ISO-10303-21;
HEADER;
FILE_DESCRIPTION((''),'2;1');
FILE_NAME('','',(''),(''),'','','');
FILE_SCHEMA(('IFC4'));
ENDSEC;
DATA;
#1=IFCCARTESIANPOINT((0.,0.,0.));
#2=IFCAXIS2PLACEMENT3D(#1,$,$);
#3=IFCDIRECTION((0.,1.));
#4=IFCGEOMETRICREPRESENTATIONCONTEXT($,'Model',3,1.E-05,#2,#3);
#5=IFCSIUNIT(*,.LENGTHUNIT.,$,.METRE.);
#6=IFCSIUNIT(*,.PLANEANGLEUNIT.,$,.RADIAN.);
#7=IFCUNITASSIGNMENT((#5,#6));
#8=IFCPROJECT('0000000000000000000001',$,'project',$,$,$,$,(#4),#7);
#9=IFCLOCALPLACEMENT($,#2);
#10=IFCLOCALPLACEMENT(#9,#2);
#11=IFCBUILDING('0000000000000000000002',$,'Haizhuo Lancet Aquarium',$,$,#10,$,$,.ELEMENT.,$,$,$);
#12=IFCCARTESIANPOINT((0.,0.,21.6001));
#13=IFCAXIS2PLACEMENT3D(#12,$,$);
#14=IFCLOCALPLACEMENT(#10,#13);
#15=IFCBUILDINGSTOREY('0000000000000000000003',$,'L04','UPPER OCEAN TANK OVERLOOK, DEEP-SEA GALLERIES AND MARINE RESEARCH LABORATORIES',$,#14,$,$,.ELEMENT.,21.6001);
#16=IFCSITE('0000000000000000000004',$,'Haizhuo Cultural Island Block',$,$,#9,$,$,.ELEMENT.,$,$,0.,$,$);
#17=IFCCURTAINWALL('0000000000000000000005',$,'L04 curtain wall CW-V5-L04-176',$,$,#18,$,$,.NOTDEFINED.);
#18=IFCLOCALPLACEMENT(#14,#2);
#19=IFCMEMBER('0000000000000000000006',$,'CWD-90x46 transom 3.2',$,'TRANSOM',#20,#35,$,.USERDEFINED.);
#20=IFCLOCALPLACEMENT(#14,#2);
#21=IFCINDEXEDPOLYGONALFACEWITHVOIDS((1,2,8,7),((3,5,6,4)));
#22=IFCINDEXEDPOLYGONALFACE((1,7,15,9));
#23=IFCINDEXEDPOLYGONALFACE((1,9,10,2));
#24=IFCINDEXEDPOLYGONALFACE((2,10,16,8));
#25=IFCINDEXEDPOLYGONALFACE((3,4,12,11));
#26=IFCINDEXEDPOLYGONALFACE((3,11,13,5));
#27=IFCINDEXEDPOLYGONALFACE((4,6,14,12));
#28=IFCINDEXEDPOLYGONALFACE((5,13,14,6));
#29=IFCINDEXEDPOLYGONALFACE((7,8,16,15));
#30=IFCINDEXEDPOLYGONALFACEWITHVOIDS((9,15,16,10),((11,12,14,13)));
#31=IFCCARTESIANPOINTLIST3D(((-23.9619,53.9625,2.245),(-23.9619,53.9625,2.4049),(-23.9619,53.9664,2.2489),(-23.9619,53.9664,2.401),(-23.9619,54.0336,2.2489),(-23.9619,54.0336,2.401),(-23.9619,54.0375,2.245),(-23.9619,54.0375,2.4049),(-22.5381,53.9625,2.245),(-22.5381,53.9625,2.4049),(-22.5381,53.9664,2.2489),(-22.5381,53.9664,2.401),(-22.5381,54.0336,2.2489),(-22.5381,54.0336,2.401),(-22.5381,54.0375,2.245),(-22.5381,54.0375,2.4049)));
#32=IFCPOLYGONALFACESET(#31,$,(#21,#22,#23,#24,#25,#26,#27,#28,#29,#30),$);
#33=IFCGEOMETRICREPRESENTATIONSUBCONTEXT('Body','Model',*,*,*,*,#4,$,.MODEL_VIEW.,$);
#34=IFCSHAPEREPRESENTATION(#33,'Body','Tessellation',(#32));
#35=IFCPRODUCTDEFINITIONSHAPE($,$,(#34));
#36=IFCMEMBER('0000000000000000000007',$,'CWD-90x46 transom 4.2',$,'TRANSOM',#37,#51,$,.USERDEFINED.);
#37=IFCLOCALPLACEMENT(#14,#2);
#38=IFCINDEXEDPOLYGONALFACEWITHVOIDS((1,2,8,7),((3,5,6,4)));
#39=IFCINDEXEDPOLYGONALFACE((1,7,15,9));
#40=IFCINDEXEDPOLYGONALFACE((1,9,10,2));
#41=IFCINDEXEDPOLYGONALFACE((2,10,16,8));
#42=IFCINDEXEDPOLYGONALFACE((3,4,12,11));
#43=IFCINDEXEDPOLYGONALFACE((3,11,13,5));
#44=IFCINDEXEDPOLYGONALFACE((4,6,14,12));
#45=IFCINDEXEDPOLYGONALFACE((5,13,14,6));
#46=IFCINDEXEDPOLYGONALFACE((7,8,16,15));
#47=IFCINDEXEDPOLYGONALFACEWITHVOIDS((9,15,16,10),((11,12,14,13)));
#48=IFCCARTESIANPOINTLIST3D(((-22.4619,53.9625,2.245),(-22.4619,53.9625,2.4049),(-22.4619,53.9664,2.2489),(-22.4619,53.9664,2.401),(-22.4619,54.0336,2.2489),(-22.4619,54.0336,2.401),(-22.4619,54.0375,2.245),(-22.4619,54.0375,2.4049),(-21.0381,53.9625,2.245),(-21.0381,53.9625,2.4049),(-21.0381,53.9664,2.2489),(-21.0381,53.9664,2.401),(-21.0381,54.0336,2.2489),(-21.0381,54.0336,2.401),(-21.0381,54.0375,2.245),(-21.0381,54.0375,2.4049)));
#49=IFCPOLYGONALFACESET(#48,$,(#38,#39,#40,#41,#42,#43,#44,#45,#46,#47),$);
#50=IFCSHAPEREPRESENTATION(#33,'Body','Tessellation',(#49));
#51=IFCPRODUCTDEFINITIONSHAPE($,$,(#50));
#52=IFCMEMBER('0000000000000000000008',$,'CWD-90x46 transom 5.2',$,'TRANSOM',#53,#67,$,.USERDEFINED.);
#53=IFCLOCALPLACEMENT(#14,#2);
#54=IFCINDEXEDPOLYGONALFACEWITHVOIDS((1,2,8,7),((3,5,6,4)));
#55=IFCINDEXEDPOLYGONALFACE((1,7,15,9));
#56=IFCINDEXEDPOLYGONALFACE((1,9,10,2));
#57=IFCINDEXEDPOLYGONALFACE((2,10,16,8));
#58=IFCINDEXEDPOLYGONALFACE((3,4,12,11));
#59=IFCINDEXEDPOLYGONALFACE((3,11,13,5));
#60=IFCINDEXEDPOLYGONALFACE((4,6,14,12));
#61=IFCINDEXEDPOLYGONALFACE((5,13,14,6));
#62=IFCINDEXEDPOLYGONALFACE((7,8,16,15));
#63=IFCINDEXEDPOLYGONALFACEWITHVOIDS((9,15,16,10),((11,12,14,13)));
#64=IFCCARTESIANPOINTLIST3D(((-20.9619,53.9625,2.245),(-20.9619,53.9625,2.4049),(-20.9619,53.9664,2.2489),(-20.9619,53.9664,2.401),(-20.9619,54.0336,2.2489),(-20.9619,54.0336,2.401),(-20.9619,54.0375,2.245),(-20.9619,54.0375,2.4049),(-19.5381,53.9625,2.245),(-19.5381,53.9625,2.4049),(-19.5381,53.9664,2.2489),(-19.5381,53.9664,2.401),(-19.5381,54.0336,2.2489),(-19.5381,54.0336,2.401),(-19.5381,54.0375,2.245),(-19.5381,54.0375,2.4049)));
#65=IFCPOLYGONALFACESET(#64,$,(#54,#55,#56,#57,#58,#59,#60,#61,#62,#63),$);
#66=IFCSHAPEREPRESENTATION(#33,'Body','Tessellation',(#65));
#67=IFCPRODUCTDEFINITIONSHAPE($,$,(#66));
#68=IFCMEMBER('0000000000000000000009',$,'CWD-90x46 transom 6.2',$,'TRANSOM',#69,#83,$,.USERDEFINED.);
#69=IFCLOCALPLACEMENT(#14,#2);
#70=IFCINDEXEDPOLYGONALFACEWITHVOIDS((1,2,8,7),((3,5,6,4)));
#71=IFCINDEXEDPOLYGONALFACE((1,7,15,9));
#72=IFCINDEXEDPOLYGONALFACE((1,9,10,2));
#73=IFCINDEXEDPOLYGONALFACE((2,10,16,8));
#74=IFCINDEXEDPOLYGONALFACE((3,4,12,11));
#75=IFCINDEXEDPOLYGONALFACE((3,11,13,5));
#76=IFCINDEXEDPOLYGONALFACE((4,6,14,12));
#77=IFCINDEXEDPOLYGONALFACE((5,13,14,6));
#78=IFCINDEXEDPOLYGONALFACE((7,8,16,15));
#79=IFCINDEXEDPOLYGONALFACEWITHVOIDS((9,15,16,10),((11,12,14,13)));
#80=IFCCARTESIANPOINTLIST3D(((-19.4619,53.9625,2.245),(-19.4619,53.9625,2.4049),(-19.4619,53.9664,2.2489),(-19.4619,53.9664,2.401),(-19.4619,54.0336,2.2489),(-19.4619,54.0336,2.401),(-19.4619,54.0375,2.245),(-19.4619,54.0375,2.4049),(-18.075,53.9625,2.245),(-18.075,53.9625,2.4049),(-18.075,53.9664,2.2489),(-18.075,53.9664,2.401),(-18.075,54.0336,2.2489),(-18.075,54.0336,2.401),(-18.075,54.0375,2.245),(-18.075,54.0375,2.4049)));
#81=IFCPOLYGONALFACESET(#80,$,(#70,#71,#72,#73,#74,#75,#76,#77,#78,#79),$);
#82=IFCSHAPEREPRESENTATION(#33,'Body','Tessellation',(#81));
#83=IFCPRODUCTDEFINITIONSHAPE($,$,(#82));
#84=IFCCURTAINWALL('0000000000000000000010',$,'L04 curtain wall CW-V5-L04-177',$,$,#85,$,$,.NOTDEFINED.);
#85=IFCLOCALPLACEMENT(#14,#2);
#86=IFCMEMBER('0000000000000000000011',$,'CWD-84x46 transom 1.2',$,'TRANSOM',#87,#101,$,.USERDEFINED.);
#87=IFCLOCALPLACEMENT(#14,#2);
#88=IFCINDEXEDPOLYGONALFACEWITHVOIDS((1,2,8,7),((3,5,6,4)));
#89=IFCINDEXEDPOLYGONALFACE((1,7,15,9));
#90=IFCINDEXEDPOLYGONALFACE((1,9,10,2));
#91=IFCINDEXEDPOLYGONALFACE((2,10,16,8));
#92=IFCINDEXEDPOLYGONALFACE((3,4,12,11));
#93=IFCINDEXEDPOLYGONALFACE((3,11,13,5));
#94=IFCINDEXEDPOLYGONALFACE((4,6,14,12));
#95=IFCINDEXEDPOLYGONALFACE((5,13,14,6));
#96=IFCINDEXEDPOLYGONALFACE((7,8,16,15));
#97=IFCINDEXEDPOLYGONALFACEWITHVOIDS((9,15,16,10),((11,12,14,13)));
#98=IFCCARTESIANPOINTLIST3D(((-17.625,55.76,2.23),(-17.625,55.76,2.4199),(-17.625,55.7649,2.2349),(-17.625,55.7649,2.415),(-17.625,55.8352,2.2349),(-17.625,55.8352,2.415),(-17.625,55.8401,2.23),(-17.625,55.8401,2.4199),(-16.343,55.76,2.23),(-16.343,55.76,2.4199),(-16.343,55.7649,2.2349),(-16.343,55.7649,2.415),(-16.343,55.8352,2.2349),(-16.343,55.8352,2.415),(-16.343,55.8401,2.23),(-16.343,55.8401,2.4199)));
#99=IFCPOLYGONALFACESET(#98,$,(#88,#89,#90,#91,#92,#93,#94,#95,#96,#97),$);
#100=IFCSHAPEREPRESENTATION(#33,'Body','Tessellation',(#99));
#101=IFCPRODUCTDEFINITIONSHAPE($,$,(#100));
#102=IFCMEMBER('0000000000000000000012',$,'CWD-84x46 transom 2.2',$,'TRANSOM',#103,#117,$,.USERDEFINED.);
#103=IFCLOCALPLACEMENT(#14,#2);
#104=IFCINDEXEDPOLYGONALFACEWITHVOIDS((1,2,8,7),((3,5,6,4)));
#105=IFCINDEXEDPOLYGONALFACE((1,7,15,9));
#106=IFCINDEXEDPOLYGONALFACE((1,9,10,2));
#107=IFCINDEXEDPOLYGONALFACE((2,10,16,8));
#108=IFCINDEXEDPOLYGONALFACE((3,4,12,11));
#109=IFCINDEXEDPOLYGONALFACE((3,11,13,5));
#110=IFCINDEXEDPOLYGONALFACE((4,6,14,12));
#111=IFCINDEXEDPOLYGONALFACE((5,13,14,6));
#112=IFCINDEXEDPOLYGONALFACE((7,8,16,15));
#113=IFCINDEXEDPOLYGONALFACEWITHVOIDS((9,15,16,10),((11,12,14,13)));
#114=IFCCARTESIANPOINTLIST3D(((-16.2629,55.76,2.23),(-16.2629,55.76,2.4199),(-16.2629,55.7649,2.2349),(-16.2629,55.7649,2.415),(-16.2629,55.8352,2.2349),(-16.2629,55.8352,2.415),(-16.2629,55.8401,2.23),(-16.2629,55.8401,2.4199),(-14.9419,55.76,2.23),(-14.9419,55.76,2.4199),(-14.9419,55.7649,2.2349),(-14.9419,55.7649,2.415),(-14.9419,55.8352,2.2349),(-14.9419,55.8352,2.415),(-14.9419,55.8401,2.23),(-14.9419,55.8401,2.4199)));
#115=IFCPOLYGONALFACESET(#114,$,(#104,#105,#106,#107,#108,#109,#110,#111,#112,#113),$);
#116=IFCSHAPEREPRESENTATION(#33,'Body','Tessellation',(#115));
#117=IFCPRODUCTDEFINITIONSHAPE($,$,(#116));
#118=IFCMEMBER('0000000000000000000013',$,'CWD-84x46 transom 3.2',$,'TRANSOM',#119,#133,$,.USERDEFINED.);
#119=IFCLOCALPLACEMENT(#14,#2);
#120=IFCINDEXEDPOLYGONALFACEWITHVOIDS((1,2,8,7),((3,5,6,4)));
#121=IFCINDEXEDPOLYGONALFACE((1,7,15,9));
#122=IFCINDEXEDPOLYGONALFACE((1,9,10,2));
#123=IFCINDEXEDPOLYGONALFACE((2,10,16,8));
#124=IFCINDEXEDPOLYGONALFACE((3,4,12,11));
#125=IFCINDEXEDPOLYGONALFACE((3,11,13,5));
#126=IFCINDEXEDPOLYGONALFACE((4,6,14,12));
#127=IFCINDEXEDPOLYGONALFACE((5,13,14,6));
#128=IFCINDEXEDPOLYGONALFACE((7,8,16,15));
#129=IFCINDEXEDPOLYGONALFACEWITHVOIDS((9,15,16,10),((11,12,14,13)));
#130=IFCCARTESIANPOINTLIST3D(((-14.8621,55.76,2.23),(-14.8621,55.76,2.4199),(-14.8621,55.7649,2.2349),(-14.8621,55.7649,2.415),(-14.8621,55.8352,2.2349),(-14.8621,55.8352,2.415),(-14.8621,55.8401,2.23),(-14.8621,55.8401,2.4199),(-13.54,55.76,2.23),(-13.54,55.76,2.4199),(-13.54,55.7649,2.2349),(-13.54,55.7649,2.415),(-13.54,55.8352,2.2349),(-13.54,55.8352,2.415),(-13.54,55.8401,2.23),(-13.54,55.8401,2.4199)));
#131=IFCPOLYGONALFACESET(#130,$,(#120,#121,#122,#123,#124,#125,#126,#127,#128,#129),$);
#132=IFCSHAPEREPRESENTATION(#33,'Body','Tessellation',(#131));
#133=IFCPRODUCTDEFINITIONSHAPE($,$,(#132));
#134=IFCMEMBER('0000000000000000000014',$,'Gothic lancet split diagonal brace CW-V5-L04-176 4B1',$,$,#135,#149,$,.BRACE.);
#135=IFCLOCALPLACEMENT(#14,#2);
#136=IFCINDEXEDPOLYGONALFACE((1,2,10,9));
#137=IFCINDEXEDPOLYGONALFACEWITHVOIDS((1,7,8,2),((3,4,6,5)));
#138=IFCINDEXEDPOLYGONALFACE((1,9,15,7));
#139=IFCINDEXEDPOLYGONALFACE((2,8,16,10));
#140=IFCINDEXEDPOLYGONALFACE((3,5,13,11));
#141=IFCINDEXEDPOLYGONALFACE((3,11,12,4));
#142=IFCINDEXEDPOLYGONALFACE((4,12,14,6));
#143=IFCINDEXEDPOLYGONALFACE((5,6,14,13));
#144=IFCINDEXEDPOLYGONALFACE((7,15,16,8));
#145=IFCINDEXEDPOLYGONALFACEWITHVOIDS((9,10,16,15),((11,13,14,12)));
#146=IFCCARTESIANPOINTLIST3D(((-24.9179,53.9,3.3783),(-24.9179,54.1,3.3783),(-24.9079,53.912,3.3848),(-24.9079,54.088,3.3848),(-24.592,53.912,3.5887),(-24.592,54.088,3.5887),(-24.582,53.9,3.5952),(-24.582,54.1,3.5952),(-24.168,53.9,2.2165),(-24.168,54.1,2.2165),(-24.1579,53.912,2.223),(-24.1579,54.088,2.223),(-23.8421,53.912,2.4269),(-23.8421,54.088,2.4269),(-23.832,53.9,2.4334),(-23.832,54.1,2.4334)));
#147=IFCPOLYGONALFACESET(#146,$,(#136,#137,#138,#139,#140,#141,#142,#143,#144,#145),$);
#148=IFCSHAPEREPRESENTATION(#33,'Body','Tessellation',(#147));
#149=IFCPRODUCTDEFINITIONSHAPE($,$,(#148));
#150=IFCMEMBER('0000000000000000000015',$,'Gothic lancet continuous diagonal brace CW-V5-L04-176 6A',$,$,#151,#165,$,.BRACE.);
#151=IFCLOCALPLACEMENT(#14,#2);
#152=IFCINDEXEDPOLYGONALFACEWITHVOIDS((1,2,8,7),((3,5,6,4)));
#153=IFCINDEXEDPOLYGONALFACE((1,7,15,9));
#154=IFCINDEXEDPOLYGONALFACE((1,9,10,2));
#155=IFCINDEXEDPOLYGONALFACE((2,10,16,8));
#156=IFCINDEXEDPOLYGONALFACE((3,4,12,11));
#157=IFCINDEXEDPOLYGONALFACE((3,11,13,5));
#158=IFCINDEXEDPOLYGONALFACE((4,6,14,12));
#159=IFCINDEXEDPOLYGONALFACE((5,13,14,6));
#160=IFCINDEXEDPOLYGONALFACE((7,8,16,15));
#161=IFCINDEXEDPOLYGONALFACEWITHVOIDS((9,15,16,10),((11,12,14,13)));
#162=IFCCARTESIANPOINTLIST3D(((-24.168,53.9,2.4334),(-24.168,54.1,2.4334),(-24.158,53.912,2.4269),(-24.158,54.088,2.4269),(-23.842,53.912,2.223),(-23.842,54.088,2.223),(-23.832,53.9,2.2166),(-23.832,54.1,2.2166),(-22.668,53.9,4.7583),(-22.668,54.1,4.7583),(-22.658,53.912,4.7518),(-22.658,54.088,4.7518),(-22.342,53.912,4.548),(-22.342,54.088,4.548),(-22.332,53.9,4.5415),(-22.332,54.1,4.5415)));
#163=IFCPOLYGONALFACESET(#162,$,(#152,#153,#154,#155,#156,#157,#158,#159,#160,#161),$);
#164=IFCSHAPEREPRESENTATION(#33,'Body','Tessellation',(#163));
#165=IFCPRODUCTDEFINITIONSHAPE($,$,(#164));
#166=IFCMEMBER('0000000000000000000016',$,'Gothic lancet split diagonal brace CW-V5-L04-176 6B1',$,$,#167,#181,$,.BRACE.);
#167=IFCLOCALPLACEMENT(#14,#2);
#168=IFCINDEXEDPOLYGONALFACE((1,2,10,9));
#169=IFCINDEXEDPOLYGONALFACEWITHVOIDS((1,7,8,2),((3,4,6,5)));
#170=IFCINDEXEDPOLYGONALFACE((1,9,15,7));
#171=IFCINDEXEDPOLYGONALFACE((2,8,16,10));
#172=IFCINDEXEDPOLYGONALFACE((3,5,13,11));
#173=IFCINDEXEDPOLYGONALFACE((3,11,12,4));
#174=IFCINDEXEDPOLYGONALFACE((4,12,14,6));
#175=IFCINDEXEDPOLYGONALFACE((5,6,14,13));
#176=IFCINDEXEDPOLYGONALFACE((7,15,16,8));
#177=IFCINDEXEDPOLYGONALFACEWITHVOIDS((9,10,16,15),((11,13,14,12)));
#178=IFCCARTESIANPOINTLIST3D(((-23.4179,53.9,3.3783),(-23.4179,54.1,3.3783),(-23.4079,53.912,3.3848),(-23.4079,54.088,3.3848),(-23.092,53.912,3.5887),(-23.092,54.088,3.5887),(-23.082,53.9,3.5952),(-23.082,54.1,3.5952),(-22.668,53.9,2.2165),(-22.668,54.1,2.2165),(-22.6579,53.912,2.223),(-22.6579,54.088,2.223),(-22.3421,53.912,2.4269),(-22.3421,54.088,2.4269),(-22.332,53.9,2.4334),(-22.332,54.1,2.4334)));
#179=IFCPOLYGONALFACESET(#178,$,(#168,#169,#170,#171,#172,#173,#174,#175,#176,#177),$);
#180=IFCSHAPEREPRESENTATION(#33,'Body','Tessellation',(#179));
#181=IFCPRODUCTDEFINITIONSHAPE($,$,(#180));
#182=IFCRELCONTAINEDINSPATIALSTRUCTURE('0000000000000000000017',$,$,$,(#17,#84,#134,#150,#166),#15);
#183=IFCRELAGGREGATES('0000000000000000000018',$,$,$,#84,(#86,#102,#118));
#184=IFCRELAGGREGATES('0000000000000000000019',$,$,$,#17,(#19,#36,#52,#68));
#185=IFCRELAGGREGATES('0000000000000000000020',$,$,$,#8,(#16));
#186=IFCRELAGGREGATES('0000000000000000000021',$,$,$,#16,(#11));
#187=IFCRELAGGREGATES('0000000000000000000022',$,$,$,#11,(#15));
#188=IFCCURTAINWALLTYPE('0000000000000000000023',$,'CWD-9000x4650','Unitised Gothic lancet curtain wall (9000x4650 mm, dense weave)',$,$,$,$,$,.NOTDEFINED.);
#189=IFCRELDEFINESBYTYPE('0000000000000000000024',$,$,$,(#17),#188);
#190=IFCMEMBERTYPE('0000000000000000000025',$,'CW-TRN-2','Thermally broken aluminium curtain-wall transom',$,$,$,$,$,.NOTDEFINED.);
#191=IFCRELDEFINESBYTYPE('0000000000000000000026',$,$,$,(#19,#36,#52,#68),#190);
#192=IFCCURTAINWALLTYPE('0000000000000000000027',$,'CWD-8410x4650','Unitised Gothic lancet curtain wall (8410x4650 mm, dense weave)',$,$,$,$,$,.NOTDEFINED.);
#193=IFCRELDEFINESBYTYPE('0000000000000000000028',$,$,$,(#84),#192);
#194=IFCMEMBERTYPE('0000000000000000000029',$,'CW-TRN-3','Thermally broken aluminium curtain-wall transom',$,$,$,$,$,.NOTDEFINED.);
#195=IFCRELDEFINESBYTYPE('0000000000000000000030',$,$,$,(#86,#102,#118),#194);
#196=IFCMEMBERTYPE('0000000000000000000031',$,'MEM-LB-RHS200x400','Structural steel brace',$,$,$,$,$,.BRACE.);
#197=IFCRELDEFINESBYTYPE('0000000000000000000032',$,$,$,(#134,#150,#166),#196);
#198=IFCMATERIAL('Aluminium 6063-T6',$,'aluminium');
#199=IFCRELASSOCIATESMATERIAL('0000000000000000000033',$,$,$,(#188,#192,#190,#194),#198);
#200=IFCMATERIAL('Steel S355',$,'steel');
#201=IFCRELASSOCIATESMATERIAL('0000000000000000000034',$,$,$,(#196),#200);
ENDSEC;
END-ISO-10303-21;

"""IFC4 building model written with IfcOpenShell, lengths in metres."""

from ifc_helpers import new_model, si_unit, direction, frame, origin, origin_2d, place, context, subcontext, project, spatial, hollow_rectangle, extrude, material, material_profile, profile_set, type_object, element, aggregate, save


model = new_model("IFC4")

# Units and contexts
model_context = context("Model", 3, precision=1e-05, world=origin(), true_north=direction((0.0, 1.0)))
body_context = subcontext(model_context, "Body", "Model", "MODEL_VIEW")
ifc_project = project(units=[si_unit("LENGTHUNIT", "METRE"), si_unit("PLANEANGLEUNIT", "RADIAN")], contexts=[model_context])

# Site, building, storey
site_placement = place(None, origin())
site = spatial("IfcSite", under=ifc_project, at=site_placement, Name="Haizhuo Cultural Island Block", CompositionType="ELEMENT", RefElevation=0.0)
building_placement = place(site_placement, origin())
building = spatial("IfcBuilding", under=site, at=building_placement, Name="Haizhuo Lancet Aquarium", CompositionType="ELEMENT")
storey_placement = place(building_placement, frame((0.0, 0.0, 21.6001)))
storey = spatial("IfcBuildingStorey", under=building, at=storey_placement, Name="L04", Description="UPPER OCEAN TANK OVERLOOK, DEEP-SEA GALLERIES AND MARINE RESEARCH LABORATORIES", CompositionType="ELEMENT", Elevation=21.6001)

# Curtain walls, members
ifc_material_1 = material(Name="Aluminium 6063-T6", Category="aluminium")
curtain_wall_type_1 = type_object("IfcCurtainWallType", Name="CWD-9000x4650", Description="Unitised Gothic lancet curtain wall (9000x4650 mm, dense weave)", PredefinedType="NOTDEFINED", material=ifc_material_1)
curtain_wall_1_placement = place(storey_placement, origin())
curtain_wall_1 = element("IfcCurtainWall", 1, at=curtain_wall_1_placement, inside=storey, type_object=curtain_wall_type_1, Name="L04 curtain wall CW-V5-L04-176", PredefinedType="NOTDEFINED")
ifc_material_profile_1 = material_profile(ifc_material_1, hollow_rectangle(XDim=0.075, YDim=0.1599, WallThickness=0.0039, at=origin_2d()), Name="ALU-T 75x160x4")
ifc_profile_set_1 = profile_set([ifc_material_profile_1], Name="Aluminium 6063-T6")
member_type_1 = type_object("IfcMemberType", Name="CW-TRN-2", Description="Thermally broken aluminium curtain-wall transom", PredefinedType="NOTDEFINED", material=ifc_profile_set_1)
member_1_placement = place(storey_placement, frame((-23.9619, 54.0, 2.325), z_axis=(1.0, 0.0, 0.0), x_axis=(0.0, 1.0, 0.0)))
member_1 = element("IfcMember", 2, at=member_1_placement, type_object=member_type_1, Name="CWD-90x46 transom 3.2", ObjectType="TRANSOM", PredefinedType="USERDEFINED", context=body_context, shape_type="SweptSolid", body=[
    extrude(hollow_rectangle(XDim=0.075, YDim=0.1599, WallThickness=0.0039, at=origin_2d()), origin(), (0.0, 0.0, 1.0), 1.4238),
])
member_2_placement = place(storey_placement, frame((-22.4619, 54.0, 2.325), z_axis=(1.0, 0.0, 0.0), x_axis=(0.0, 1.0, 0.0)))
member_2 = element("IfcMember", 3, at=member_2_placement, type_object=member_type_1, Name="CWD-90x46 transom 4.2", ObjectType="TRANSOM", PredefinedType="USERDEFINED", context=body_context, shape_type="SweptSolid", body=[
    extrude(hollow_rectangle(XDim=0.075, YDim=0.1599, WallThickness=0.0039, at=origin_2d()), origin(), (0.0, 0.0, 1.0), 1.4238),
])
member_3_placement = place(storey_placement, frame((-20.9619, 54.0, 2.325), z_axis=(1.0, 0.0, 0.0), x_axis=(0.0, 1.0, 0.0)))
member_3 = element("IfcMember", 4, at=member_3_placement, type_object=member_type_1, Name="CWD-90x46 transom 5.2", ObjectType="TRANSOM", PredefinedType="USERDEFINED", context=body_context, shape_type="SweptSolid", body=[
    extrude(hollow_rectangle(XDim=0.075, YDim=0.1599, WallThickness=0.0039, at=origin_2d()), origin(), (0.0, 0.0, 1.0), 1.4238),
])
member_4_placement = place(storey_placement, frame((-19.4619, 54.0, 2.325), z_axis=(1.0, 0.0, 0.0), x_axis=(0.0, 1.0, 0.0)))
member_4 = element("IfcMember", 5, at=member_4_placement, type_object=member_type_1, Name="CWD-90x46 transom 6.2", ObjectType="TRANSOM", PredefinedType="USERDEFINED", context=body_context, shape_type="SweptSolid", body=[
    extrude(hollow_rectangle(XDim=0.075, YDim=0.1599, WallThickness=0.0039, at=origin_2d()), origin(), (0.0, 0.0, 1.0), 1.387),
])
curtain_wall_type_2 = type_object("IfcCurtainWallType", Name="CWD-8410x4650", Description="Unitised Gothic lancet curtain wall (8410x4650 mm, dense weave)", PredefinedType="NOTDEFINED", material=ifc_material_1)
curtain_wall_2_placement = place(storey_placement, origin())
curtain_wall_2 = element("IfcCurtainWall", 6, at=curtain_wall_2_placement, inside=storey, type_object=curtain_wall_type_2, Name="L04 curtain wall CW-V5-L04-177", PredefinedType="NOTDEFINED")
ifc_material_profile_2 = material_profile(ifc_material_1, hollow_rectangle(XDim=0.0801, YDim=0.1899, WallThickness=0.0049, at=origin_2d()), Name="ALU-T 80x190x5")
ifc_profile_set_2 = profile_set([ifc_material_profile_2], Name="Aluminium 6063-T6")
member_type_2 = type_object("IfcMemberType", Name="CW-TRN-3", Description="Thermally broken aluminium curtain-wall transom", PredefinedType="NOTDEFINED", material=ifc_profile_set_2)
member_5_placement = place(storey_placement, frame((-17.625, 55.8, 2.325), z_axis=(1.0, 0.0, 0.0), x_axis=(0.0, 1.0, 0.0)))
member_5 = element("IfcMember", 7, at=member_5_placement, type_object=member_type_2, Name="CWD-84x46 transom 1.2", ObjectType="TRANSOM", PredefinedType="USERDEFINED", context=body_context, shape_type="SweptSolid", body=[
    extrude(hollow_rectangle(XDim=0.0801, YDim=0.1899, WallThickness=0.0049, at=origin_2d()), origin(), (0.0, 0.0, 1.0), 1.282),
])
member_6_placement = place(storey_placement, frame((-16.2629, 55.8, 2.325), z_axis=(1.0, 0.0, 0.0), x_axis=(0.0, 1.0, 0.0)))
member_6 = element("IfcMember", 8, at=member_6_placement, type_object=member_type_2, Name="CWD-84x46 transom 2.2", ObjectType="TRANSOM", PredefinedType="USERDEFINED", context=body_context, shape_type="SweptSolid", body=[
    extrude(hollow_rectangle(XDim=0.0801, YDim=0.1899, WallThickness=0.0049, at=origin_2d()), origin(), (0.0, 0.0, 1.0), 1.321),
])
member_7_placement = place(storey_placement, frame((-14.8621, 55.8, 2.325), z_axis=(1.0, 0.0, 0.0), x_axis=(0.0, 1.0, 0.0)))
member_7 = element("IfcMember", 9, at=member_7_placement, type_object=member_type_2, Name="CWD-84x46 transom 3.2", ObjectType="TRANSOM", PredefinedType="USERDEFINED", context=body_context, shape_type="SweptSolid", body=[
    extrude(hollow_rectangle(XDim=0.0801, YDim=0.1899, WallThickness=0.0049, at=origin_2d()), origin(), (0.0, 0.0, 1.0), 1.322),
])
aggregate(curtain_wall_2, [member_5, member_6, member_7])

# Members
ifc_material_2 = material(Name="Steel S355", Category="steel")
ifc_material_profile_3 = material_profile(ifc_material_2, hollow_rectangle(XDim=0.2, YDim=0.3999, WallThickness=0.012, at=origin_2d()), Name="RHS 200x400x12")
ifc_profile_set_3 = profile_set([ifc_material_profile_3], Name="Steel S355")
member_type_3 = type_object("IfcMemberType", Name="MEM-LB-RHS200x400", Description="Structural steel brace", PredefinedType="BRACE", material=ifc_profile_set_3)
member_8_placement = place(storey_placement, frame((-24.0, 54.0, 2.325), z_axis=(-0.542336, 0.0, 0.840162), x_axis=(0.0, -1.0, 0.0)))
element("IfcMember", 10, at=member_8_placement, inside=storey, type_object=member_type_3, Name="Gothic lancet split diagonal brace CW-V5-L04-176 4B1", PredefinedType="BRACE", context=body_context, shape_type="SweptSolid", body=[
    extrude(hollow_rectangle(XDim=0.2, YDim=0.3999, WallThickness=0.012, at=origin_2d()), origin(), (0.0, 0.0, 1.0), 1.3828),
])
member_9_placement = place(storey_placement, frame((-24.0, 54.0, 2.325), z_axis=(0.542135, 0.0, 0.840291), x_axis=(0.0, 1.0, 0.0)))
element("IfcMember", 11, at=member_9_placement, inside=storey, type_object=member_type_3, Name="Gothic lancet continuous diagonal brace CW-V5-L04-176 6A", PredefinedType="BRACE", context=body_context, shape_type="SweptSolid", body=[
    extrude(hollow_rectangle(XDim=0.2, YDim=0.3999, WallThickness=0.012, at=origin_2d()), origin(), (0.0, 0.0, 1.0), 2.7668),
])
member_10_placement = place(storey_placement, frame((-22.5, 54.0, 2.325), z_axis=(-0.542336, 0.0, 0.840162), x_axis=(0.0, -1.0, 0.0)))
element("IfcMember", 12, at=member_10_placement, inside=storey, type_object=member_type_3, Name="Gothic lancet split diagonal brace CW-V5-L04-176 6B1", PredefinedType="BRACE", context=body_context, shape_type="SweptSolid", body=[
    extrude(hollow_rectangle(XDim=0.2, YDim=0.3999, WallThickness=0.012, at=origin_2d()), origin(), (0.0, 0.0, 1.0), 1.3828),
])

aggregate(curtain_wall_1, [member_1, member_2, member_3, member_4])

save(model, "model.ifc")
